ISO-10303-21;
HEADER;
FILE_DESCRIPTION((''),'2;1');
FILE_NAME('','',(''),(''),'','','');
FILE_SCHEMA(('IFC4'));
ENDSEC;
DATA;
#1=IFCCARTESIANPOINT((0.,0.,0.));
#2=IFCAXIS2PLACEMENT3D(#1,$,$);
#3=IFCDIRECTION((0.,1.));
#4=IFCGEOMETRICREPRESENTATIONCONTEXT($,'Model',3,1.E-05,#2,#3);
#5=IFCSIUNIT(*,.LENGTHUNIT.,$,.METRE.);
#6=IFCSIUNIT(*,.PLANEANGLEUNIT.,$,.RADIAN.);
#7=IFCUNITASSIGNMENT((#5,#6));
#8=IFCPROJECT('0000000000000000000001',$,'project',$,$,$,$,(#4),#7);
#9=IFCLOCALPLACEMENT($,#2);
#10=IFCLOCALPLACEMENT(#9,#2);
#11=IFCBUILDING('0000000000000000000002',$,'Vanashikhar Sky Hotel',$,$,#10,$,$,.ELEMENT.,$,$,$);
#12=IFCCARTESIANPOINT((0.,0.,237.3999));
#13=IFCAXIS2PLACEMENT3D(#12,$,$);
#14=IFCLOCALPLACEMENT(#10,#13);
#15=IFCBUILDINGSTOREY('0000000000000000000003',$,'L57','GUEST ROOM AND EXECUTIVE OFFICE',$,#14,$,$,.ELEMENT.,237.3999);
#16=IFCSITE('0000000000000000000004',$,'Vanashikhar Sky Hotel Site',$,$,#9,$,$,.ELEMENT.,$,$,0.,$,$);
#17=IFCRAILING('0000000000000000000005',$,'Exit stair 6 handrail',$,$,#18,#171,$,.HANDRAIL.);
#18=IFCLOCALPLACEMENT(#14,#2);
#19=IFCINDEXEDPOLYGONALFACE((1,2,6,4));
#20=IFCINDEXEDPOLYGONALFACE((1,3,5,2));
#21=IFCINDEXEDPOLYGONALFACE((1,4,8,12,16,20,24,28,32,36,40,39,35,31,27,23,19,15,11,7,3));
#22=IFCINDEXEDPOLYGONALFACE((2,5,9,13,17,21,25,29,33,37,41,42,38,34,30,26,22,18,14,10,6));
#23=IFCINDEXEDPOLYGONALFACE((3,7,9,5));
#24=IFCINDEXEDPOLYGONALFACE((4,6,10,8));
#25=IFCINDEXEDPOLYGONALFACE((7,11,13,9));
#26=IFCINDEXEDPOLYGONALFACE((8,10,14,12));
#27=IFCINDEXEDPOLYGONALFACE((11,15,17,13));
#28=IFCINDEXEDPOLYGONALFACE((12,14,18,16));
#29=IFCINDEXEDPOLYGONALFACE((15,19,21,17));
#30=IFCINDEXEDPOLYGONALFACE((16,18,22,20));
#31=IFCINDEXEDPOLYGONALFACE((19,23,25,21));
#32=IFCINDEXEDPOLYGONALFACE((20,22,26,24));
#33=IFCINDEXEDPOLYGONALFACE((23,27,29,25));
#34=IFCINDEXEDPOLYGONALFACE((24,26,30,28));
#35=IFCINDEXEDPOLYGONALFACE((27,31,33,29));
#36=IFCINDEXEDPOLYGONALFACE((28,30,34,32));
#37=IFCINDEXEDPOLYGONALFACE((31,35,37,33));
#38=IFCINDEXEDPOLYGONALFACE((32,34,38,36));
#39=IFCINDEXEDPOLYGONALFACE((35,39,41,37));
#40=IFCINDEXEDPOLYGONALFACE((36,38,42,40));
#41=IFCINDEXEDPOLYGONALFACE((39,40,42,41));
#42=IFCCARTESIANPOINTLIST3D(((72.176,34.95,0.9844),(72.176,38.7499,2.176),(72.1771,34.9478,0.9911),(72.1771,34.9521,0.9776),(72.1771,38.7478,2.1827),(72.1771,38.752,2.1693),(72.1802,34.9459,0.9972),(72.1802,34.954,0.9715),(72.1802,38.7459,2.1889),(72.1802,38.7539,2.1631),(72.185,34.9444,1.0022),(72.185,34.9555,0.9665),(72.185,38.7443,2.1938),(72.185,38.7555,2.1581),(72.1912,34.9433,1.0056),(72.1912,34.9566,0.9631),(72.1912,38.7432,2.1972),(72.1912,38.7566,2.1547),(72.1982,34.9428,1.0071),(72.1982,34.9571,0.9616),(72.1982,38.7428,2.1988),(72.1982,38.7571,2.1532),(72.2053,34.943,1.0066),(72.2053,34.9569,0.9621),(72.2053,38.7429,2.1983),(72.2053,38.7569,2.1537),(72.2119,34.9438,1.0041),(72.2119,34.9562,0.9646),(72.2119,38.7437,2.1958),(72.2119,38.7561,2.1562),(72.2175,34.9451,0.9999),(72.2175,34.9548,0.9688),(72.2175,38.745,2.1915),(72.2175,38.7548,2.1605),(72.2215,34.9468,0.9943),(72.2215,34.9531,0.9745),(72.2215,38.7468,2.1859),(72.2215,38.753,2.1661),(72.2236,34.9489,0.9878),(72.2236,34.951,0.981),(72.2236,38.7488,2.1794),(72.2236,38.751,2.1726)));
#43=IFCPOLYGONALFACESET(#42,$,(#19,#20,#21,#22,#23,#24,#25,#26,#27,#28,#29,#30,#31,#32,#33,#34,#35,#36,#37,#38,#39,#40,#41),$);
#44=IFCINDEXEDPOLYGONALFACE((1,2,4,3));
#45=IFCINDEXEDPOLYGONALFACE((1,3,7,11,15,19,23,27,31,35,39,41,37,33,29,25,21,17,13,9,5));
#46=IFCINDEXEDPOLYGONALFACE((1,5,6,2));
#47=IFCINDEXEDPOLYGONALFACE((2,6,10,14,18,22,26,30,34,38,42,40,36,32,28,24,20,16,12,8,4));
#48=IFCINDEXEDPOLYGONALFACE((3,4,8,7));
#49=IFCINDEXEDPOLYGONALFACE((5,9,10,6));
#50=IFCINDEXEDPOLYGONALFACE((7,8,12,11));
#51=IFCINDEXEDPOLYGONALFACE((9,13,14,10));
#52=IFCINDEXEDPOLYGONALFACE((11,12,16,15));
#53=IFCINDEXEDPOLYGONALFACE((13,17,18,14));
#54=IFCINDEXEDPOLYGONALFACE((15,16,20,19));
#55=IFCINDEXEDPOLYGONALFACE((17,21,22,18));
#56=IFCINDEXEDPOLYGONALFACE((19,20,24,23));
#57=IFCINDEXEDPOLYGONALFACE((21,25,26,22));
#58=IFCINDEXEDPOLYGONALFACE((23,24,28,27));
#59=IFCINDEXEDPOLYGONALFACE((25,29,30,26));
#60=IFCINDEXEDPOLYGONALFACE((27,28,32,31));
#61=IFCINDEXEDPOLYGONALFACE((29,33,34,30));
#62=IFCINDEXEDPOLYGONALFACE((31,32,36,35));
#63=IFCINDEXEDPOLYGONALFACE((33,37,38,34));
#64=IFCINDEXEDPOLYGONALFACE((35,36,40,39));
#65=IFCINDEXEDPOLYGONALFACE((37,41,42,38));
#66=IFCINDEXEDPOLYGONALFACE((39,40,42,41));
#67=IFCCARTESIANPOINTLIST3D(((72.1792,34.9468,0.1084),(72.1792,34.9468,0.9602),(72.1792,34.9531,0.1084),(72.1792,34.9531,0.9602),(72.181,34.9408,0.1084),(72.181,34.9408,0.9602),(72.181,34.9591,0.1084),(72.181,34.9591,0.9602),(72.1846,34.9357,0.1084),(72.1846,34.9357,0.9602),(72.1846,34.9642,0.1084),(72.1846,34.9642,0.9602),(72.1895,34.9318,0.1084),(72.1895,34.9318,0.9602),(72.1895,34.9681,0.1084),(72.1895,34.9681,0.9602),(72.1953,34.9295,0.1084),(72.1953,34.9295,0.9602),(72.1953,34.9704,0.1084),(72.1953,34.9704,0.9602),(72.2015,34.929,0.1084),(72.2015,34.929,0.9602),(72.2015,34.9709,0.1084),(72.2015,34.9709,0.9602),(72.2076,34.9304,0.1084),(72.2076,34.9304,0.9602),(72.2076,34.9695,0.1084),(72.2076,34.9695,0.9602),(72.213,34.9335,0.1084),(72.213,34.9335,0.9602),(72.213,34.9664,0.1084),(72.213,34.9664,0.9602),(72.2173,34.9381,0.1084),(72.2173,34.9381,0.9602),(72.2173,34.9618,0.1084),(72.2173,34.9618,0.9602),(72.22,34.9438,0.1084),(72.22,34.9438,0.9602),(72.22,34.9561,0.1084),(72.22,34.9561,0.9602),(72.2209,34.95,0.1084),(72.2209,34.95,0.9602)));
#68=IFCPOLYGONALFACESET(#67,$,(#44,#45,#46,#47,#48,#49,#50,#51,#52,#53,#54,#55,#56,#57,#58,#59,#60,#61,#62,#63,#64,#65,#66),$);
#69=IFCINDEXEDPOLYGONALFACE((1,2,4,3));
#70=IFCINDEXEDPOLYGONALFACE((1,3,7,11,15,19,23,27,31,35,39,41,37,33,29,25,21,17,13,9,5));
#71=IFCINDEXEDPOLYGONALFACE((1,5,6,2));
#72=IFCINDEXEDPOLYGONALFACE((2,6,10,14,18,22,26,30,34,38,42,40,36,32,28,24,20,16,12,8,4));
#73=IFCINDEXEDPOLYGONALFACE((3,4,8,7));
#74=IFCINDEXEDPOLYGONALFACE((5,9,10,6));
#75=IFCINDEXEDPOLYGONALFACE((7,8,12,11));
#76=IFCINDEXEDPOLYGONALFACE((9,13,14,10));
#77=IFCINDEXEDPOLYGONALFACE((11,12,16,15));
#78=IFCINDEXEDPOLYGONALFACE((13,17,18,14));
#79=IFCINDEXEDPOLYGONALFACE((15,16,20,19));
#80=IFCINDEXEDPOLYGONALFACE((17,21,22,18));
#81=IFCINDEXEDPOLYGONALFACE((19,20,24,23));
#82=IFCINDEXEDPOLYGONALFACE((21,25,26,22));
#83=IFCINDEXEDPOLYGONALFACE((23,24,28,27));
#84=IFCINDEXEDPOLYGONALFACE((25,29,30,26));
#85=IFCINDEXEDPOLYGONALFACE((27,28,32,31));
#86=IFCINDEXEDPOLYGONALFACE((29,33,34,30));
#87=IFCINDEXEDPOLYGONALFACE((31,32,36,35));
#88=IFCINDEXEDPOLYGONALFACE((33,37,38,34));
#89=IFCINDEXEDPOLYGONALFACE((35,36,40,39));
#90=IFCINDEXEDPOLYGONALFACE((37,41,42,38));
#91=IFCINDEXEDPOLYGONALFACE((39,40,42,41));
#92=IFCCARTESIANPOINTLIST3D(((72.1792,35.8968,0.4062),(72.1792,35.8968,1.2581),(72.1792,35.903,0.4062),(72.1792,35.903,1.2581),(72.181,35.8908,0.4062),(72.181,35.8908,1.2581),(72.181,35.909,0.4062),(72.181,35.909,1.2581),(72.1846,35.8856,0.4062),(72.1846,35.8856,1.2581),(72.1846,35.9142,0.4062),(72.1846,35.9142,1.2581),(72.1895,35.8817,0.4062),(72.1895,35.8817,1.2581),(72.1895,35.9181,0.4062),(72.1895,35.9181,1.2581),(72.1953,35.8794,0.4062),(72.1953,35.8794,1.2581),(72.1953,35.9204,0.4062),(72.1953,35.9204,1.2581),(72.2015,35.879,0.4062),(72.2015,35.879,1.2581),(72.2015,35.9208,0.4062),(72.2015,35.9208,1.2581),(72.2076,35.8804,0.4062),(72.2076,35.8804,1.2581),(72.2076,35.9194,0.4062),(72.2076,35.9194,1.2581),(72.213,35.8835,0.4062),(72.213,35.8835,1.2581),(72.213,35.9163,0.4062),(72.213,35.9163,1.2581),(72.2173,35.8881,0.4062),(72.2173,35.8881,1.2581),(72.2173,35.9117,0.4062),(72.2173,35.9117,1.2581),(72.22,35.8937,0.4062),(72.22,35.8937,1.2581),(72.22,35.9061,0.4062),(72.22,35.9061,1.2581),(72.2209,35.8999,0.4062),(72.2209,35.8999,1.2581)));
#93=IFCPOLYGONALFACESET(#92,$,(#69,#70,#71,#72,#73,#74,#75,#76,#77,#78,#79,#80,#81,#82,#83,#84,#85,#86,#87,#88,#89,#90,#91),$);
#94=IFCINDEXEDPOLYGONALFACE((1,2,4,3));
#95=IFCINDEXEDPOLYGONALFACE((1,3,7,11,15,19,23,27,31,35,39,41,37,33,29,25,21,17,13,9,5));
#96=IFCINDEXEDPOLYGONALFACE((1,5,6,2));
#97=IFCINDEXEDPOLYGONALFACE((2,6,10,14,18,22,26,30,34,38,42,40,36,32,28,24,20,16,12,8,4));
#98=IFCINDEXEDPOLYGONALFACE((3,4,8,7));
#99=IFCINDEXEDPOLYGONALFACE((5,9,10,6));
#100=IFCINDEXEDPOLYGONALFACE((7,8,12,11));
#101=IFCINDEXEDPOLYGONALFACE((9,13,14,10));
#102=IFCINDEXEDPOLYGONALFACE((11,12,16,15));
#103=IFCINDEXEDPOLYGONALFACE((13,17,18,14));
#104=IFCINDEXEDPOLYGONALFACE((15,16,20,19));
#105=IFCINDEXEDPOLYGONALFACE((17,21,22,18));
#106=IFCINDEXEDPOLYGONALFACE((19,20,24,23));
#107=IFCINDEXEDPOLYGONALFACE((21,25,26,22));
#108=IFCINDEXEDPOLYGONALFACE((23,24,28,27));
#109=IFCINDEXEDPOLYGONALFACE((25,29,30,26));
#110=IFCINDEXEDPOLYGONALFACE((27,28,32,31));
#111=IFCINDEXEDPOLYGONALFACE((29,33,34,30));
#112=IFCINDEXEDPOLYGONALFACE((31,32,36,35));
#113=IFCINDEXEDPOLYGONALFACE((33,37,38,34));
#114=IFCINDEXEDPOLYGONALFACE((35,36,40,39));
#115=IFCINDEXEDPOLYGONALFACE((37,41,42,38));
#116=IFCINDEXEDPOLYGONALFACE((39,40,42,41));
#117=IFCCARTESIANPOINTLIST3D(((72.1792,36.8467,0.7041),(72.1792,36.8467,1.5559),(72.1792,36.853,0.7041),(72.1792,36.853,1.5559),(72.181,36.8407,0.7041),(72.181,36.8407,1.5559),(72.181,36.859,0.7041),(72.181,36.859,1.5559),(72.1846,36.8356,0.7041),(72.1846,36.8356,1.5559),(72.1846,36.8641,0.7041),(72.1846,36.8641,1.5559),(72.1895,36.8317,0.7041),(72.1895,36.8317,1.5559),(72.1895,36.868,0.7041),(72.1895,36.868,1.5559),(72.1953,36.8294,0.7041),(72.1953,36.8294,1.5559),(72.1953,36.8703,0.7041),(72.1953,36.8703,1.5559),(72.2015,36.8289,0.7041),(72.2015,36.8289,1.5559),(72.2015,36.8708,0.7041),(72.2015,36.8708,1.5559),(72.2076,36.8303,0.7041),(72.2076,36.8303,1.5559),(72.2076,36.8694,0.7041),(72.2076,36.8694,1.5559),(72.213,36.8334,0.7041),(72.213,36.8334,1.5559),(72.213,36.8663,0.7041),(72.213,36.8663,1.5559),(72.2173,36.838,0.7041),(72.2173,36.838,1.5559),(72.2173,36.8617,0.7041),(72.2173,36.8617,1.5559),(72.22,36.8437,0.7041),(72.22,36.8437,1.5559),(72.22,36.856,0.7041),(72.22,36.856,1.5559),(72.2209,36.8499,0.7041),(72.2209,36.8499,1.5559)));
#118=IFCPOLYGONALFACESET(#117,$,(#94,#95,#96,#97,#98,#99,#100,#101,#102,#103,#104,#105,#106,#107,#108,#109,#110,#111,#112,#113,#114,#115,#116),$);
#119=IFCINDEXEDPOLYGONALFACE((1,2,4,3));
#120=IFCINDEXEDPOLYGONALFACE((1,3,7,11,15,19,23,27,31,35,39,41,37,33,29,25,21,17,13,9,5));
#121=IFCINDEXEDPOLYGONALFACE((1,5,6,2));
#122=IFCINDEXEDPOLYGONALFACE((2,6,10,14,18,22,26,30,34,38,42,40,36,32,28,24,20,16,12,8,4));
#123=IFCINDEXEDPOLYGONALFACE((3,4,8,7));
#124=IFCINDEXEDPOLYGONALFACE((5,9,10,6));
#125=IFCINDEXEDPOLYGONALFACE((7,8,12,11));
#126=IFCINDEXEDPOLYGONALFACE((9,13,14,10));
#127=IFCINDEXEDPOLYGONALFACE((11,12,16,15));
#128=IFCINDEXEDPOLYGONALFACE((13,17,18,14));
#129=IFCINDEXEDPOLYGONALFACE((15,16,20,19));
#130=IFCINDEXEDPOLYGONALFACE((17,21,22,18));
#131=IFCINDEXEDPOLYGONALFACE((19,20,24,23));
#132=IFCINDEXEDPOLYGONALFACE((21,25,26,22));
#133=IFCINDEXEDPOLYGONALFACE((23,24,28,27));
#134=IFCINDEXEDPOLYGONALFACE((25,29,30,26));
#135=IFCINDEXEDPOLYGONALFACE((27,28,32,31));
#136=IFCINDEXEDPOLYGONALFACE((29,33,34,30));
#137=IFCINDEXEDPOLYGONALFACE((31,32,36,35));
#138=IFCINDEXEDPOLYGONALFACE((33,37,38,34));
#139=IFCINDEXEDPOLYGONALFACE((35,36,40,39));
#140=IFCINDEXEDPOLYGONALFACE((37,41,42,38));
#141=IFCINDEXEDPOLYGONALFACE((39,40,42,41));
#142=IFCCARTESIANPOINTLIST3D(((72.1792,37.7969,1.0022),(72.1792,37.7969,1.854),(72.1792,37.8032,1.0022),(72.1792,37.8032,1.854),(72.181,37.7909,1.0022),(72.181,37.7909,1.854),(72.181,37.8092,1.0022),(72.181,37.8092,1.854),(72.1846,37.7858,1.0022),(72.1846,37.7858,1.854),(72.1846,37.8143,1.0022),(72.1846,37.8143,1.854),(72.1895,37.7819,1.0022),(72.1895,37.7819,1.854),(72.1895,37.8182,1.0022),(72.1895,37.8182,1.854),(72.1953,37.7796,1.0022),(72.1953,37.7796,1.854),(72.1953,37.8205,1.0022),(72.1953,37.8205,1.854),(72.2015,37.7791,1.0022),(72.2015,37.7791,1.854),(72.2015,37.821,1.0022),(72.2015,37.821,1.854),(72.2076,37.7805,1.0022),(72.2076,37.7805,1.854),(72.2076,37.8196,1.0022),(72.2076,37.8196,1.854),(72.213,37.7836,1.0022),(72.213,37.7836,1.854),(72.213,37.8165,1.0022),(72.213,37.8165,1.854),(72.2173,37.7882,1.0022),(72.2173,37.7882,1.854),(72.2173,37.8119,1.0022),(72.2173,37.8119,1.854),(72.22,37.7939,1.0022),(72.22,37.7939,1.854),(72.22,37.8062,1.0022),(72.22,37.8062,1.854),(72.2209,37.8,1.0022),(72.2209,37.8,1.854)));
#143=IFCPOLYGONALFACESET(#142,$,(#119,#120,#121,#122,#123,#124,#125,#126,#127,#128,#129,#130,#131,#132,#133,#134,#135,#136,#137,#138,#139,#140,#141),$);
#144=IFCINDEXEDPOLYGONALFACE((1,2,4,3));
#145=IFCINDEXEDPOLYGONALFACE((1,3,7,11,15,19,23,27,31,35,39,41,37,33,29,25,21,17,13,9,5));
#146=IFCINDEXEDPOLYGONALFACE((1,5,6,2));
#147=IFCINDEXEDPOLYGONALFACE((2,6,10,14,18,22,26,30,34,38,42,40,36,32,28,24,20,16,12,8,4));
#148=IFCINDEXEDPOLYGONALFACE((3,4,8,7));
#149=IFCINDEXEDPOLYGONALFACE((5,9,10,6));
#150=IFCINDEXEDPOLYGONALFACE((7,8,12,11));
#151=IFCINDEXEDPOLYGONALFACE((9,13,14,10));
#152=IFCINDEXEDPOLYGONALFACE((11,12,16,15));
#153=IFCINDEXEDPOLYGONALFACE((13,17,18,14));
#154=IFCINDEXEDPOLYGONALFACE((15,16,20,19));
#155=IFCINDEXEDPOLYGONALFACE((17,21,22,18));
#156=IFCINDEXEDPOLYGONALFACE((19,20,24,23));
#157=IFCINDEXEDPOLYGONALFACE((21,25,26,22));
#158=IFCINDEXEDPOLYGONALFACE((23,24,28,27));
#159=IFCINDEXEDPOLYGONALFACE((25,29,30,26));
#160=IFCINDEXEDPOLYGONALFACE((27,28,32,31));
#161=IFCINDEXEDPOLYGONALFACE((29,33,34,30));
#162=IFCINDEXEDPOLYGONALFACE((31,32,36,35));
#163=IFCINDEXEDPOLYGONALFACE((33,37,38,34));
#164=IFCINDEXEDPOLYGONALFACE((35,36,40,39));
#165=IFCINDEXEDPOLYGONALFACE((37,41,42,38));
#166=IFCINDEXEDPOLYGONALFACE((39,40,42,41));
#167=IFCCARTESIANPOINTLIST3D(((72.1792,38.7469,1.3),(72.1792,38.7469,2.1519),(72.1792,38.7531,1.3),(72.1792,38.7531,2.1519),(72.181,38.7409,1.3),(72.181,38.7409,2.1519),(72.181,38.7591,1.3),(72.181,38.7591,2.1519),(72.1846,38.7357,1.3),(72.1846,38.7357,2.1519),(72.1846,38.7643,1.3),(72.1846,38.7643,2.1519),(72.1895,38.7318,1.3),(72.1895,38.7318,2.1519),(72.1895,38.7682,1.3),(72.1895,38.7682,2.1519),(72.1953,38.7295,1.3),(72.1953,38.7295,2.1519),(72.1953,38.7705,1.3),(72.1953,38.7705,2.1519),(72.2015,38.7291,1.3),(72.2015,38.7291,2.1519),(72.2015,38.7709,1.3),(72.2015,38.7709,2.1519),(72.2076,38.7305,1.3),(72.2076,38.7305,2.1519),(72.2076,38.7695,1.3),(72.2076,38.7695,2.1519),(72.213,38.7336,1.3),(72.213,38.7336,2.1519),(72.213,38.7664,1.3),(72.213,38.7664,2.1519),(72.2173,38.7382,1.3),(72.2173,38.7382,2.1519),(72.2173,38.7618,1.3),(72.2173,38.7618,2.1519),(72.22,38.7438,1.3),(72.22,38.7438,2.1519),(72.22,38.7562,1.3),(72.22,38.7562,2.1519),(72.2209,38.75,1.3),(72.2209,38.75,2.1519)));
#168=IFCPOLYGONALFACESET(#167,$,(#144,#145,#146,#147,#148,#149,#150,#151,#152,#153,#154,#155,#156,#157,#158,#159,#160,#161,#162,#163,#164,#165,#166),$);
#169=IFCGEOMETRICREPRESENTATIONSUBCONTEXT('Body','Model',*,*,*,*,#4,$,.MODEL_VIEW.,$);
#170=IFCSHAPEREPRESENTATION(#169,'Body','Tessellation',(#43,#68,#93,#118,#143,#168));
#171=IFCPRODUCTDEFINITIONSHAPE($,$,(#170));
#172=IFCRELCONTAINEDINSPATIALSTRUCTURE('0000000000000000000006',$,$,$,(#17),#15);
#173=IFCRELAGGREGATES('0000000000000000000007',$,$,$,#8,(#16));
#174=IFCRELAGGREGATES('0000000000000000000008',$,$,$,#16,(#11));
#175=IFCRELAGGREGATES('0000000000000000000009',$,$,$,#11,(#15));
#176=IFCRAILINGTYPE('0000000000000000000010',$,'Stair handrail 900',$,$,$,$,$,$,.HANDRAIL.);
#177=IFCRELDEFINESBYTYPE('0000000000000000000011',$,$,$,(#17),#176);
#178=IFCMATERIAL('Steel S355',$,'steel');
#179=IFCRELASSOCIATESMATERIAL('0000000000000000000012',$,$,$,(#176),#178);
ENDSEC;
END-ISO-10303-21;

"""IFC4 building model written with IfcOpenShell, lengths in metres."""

from ifc_helpers import new_model, si_unit, direction, frame, origin, origin_2d, place, context, subcontext, project, spatial, circle, extrude, source, transform, mapped, material, type_object, element, save


model = new_model("IFC4")

# Units and contexts
model_context = context("Model", 3, precision=1e-05, world=origin(), true_north=direction((0.0, 1.0)))
body_context = subcontext(model_context, "Body", "Model", "MODEL_VIEW")
ifc_project = project(units=[si_unit("LENGTHUNIT", "METRE"), si_unit("PLANEANGLEUNIT", "RADIAN")], contexts=[model_context])

# Site, building, storey
site_placement = place(None, origin())
site = spatial("IfcSite", under=ifc_project, at=site_placement, Name="Vanashikhar Sky Hotel Site", CompositionType="ELEMENT", RefElevation=0.0)
building_placement = place(site_placement, origin())
building = spatial("IfcBuilding", under=site, at=building_placement, Name="Vanashikhar Sky Hotel", CompositionType="ELEMENT")
storey_placement = place(building_placement, frame((0.0, 0.0, 237.3999)))
storey = spatial("IfcBuildingStorey", under=building, at=storey_placement, Name="L57", Description="GUEST ROOM AND EXECUTIVE OFFICE", CompositionType="ELEMENT", Elevation=237.3999)

# Railing
ifc_material_1 = material(Name="Steel S355", Category="steel")
railing_type_1 = type_object("IfcRailingType", Name="Stair handrail 900", PredefinedType="HANDRAIL", material=ifc_material_1)
shared_shape_1 = source(origin(), body_context, "Body", "SweptSolid", [
    extrude(circle(Radius=0.0239, at=origin_2d()), frame((0.0, 0.0, 0.876), z_axis=(0.0, 0.954184, 0.299221), x_axis=(-1.0, 0.0, 0.0)), (0.0, 0.0, 1.0), 3.9824),
    extrude(circle(Radius=0.021, at=origin_2d()), origin(), (0.0, 0.0, 1.0), 0.8518),
    extrude(circle(Radius=0.021, at=origin_2d()), frame((0.0, 0.95, 0.2979)), (0.0, 0.0, 1.0), 0.8518),
    extrude(circle(Radius=0.021, at=origin_2d()), frame((0.0, 1.8999, 0.5957)), (0.0, 0.0, 1.0), 0.8518),
    extrude(circle(Radius=0.021, at=origin_2d()), frame((0.0, 2.8501, 0.8938)), (0.0, 0.0, 1.0), 0.8518),
    extrude(circle(Radius=0.021, at=origin_2d()), frame((0.0, 3.8, 1.1917)), (0.0, 0.0, 1.0), 0.8518),
])
for number, where, name in (
    (1, (72.2, 34.95, 0.1084), "Exit stair 6 handrail"),
):
    element("IfcRailing", number, at=place(storey_placement, frame(where)), inside=storey, type_object=railing_type_1, Name=name, PredefinedType="HANDRAIL", context=body_context, shape_type="MappedRepresentation", body=[
        mapped(shared_shape_1, transform((0.0, 0.0, 0.0), scale=1.0)),
    ])

save(model, "model.ifc")
